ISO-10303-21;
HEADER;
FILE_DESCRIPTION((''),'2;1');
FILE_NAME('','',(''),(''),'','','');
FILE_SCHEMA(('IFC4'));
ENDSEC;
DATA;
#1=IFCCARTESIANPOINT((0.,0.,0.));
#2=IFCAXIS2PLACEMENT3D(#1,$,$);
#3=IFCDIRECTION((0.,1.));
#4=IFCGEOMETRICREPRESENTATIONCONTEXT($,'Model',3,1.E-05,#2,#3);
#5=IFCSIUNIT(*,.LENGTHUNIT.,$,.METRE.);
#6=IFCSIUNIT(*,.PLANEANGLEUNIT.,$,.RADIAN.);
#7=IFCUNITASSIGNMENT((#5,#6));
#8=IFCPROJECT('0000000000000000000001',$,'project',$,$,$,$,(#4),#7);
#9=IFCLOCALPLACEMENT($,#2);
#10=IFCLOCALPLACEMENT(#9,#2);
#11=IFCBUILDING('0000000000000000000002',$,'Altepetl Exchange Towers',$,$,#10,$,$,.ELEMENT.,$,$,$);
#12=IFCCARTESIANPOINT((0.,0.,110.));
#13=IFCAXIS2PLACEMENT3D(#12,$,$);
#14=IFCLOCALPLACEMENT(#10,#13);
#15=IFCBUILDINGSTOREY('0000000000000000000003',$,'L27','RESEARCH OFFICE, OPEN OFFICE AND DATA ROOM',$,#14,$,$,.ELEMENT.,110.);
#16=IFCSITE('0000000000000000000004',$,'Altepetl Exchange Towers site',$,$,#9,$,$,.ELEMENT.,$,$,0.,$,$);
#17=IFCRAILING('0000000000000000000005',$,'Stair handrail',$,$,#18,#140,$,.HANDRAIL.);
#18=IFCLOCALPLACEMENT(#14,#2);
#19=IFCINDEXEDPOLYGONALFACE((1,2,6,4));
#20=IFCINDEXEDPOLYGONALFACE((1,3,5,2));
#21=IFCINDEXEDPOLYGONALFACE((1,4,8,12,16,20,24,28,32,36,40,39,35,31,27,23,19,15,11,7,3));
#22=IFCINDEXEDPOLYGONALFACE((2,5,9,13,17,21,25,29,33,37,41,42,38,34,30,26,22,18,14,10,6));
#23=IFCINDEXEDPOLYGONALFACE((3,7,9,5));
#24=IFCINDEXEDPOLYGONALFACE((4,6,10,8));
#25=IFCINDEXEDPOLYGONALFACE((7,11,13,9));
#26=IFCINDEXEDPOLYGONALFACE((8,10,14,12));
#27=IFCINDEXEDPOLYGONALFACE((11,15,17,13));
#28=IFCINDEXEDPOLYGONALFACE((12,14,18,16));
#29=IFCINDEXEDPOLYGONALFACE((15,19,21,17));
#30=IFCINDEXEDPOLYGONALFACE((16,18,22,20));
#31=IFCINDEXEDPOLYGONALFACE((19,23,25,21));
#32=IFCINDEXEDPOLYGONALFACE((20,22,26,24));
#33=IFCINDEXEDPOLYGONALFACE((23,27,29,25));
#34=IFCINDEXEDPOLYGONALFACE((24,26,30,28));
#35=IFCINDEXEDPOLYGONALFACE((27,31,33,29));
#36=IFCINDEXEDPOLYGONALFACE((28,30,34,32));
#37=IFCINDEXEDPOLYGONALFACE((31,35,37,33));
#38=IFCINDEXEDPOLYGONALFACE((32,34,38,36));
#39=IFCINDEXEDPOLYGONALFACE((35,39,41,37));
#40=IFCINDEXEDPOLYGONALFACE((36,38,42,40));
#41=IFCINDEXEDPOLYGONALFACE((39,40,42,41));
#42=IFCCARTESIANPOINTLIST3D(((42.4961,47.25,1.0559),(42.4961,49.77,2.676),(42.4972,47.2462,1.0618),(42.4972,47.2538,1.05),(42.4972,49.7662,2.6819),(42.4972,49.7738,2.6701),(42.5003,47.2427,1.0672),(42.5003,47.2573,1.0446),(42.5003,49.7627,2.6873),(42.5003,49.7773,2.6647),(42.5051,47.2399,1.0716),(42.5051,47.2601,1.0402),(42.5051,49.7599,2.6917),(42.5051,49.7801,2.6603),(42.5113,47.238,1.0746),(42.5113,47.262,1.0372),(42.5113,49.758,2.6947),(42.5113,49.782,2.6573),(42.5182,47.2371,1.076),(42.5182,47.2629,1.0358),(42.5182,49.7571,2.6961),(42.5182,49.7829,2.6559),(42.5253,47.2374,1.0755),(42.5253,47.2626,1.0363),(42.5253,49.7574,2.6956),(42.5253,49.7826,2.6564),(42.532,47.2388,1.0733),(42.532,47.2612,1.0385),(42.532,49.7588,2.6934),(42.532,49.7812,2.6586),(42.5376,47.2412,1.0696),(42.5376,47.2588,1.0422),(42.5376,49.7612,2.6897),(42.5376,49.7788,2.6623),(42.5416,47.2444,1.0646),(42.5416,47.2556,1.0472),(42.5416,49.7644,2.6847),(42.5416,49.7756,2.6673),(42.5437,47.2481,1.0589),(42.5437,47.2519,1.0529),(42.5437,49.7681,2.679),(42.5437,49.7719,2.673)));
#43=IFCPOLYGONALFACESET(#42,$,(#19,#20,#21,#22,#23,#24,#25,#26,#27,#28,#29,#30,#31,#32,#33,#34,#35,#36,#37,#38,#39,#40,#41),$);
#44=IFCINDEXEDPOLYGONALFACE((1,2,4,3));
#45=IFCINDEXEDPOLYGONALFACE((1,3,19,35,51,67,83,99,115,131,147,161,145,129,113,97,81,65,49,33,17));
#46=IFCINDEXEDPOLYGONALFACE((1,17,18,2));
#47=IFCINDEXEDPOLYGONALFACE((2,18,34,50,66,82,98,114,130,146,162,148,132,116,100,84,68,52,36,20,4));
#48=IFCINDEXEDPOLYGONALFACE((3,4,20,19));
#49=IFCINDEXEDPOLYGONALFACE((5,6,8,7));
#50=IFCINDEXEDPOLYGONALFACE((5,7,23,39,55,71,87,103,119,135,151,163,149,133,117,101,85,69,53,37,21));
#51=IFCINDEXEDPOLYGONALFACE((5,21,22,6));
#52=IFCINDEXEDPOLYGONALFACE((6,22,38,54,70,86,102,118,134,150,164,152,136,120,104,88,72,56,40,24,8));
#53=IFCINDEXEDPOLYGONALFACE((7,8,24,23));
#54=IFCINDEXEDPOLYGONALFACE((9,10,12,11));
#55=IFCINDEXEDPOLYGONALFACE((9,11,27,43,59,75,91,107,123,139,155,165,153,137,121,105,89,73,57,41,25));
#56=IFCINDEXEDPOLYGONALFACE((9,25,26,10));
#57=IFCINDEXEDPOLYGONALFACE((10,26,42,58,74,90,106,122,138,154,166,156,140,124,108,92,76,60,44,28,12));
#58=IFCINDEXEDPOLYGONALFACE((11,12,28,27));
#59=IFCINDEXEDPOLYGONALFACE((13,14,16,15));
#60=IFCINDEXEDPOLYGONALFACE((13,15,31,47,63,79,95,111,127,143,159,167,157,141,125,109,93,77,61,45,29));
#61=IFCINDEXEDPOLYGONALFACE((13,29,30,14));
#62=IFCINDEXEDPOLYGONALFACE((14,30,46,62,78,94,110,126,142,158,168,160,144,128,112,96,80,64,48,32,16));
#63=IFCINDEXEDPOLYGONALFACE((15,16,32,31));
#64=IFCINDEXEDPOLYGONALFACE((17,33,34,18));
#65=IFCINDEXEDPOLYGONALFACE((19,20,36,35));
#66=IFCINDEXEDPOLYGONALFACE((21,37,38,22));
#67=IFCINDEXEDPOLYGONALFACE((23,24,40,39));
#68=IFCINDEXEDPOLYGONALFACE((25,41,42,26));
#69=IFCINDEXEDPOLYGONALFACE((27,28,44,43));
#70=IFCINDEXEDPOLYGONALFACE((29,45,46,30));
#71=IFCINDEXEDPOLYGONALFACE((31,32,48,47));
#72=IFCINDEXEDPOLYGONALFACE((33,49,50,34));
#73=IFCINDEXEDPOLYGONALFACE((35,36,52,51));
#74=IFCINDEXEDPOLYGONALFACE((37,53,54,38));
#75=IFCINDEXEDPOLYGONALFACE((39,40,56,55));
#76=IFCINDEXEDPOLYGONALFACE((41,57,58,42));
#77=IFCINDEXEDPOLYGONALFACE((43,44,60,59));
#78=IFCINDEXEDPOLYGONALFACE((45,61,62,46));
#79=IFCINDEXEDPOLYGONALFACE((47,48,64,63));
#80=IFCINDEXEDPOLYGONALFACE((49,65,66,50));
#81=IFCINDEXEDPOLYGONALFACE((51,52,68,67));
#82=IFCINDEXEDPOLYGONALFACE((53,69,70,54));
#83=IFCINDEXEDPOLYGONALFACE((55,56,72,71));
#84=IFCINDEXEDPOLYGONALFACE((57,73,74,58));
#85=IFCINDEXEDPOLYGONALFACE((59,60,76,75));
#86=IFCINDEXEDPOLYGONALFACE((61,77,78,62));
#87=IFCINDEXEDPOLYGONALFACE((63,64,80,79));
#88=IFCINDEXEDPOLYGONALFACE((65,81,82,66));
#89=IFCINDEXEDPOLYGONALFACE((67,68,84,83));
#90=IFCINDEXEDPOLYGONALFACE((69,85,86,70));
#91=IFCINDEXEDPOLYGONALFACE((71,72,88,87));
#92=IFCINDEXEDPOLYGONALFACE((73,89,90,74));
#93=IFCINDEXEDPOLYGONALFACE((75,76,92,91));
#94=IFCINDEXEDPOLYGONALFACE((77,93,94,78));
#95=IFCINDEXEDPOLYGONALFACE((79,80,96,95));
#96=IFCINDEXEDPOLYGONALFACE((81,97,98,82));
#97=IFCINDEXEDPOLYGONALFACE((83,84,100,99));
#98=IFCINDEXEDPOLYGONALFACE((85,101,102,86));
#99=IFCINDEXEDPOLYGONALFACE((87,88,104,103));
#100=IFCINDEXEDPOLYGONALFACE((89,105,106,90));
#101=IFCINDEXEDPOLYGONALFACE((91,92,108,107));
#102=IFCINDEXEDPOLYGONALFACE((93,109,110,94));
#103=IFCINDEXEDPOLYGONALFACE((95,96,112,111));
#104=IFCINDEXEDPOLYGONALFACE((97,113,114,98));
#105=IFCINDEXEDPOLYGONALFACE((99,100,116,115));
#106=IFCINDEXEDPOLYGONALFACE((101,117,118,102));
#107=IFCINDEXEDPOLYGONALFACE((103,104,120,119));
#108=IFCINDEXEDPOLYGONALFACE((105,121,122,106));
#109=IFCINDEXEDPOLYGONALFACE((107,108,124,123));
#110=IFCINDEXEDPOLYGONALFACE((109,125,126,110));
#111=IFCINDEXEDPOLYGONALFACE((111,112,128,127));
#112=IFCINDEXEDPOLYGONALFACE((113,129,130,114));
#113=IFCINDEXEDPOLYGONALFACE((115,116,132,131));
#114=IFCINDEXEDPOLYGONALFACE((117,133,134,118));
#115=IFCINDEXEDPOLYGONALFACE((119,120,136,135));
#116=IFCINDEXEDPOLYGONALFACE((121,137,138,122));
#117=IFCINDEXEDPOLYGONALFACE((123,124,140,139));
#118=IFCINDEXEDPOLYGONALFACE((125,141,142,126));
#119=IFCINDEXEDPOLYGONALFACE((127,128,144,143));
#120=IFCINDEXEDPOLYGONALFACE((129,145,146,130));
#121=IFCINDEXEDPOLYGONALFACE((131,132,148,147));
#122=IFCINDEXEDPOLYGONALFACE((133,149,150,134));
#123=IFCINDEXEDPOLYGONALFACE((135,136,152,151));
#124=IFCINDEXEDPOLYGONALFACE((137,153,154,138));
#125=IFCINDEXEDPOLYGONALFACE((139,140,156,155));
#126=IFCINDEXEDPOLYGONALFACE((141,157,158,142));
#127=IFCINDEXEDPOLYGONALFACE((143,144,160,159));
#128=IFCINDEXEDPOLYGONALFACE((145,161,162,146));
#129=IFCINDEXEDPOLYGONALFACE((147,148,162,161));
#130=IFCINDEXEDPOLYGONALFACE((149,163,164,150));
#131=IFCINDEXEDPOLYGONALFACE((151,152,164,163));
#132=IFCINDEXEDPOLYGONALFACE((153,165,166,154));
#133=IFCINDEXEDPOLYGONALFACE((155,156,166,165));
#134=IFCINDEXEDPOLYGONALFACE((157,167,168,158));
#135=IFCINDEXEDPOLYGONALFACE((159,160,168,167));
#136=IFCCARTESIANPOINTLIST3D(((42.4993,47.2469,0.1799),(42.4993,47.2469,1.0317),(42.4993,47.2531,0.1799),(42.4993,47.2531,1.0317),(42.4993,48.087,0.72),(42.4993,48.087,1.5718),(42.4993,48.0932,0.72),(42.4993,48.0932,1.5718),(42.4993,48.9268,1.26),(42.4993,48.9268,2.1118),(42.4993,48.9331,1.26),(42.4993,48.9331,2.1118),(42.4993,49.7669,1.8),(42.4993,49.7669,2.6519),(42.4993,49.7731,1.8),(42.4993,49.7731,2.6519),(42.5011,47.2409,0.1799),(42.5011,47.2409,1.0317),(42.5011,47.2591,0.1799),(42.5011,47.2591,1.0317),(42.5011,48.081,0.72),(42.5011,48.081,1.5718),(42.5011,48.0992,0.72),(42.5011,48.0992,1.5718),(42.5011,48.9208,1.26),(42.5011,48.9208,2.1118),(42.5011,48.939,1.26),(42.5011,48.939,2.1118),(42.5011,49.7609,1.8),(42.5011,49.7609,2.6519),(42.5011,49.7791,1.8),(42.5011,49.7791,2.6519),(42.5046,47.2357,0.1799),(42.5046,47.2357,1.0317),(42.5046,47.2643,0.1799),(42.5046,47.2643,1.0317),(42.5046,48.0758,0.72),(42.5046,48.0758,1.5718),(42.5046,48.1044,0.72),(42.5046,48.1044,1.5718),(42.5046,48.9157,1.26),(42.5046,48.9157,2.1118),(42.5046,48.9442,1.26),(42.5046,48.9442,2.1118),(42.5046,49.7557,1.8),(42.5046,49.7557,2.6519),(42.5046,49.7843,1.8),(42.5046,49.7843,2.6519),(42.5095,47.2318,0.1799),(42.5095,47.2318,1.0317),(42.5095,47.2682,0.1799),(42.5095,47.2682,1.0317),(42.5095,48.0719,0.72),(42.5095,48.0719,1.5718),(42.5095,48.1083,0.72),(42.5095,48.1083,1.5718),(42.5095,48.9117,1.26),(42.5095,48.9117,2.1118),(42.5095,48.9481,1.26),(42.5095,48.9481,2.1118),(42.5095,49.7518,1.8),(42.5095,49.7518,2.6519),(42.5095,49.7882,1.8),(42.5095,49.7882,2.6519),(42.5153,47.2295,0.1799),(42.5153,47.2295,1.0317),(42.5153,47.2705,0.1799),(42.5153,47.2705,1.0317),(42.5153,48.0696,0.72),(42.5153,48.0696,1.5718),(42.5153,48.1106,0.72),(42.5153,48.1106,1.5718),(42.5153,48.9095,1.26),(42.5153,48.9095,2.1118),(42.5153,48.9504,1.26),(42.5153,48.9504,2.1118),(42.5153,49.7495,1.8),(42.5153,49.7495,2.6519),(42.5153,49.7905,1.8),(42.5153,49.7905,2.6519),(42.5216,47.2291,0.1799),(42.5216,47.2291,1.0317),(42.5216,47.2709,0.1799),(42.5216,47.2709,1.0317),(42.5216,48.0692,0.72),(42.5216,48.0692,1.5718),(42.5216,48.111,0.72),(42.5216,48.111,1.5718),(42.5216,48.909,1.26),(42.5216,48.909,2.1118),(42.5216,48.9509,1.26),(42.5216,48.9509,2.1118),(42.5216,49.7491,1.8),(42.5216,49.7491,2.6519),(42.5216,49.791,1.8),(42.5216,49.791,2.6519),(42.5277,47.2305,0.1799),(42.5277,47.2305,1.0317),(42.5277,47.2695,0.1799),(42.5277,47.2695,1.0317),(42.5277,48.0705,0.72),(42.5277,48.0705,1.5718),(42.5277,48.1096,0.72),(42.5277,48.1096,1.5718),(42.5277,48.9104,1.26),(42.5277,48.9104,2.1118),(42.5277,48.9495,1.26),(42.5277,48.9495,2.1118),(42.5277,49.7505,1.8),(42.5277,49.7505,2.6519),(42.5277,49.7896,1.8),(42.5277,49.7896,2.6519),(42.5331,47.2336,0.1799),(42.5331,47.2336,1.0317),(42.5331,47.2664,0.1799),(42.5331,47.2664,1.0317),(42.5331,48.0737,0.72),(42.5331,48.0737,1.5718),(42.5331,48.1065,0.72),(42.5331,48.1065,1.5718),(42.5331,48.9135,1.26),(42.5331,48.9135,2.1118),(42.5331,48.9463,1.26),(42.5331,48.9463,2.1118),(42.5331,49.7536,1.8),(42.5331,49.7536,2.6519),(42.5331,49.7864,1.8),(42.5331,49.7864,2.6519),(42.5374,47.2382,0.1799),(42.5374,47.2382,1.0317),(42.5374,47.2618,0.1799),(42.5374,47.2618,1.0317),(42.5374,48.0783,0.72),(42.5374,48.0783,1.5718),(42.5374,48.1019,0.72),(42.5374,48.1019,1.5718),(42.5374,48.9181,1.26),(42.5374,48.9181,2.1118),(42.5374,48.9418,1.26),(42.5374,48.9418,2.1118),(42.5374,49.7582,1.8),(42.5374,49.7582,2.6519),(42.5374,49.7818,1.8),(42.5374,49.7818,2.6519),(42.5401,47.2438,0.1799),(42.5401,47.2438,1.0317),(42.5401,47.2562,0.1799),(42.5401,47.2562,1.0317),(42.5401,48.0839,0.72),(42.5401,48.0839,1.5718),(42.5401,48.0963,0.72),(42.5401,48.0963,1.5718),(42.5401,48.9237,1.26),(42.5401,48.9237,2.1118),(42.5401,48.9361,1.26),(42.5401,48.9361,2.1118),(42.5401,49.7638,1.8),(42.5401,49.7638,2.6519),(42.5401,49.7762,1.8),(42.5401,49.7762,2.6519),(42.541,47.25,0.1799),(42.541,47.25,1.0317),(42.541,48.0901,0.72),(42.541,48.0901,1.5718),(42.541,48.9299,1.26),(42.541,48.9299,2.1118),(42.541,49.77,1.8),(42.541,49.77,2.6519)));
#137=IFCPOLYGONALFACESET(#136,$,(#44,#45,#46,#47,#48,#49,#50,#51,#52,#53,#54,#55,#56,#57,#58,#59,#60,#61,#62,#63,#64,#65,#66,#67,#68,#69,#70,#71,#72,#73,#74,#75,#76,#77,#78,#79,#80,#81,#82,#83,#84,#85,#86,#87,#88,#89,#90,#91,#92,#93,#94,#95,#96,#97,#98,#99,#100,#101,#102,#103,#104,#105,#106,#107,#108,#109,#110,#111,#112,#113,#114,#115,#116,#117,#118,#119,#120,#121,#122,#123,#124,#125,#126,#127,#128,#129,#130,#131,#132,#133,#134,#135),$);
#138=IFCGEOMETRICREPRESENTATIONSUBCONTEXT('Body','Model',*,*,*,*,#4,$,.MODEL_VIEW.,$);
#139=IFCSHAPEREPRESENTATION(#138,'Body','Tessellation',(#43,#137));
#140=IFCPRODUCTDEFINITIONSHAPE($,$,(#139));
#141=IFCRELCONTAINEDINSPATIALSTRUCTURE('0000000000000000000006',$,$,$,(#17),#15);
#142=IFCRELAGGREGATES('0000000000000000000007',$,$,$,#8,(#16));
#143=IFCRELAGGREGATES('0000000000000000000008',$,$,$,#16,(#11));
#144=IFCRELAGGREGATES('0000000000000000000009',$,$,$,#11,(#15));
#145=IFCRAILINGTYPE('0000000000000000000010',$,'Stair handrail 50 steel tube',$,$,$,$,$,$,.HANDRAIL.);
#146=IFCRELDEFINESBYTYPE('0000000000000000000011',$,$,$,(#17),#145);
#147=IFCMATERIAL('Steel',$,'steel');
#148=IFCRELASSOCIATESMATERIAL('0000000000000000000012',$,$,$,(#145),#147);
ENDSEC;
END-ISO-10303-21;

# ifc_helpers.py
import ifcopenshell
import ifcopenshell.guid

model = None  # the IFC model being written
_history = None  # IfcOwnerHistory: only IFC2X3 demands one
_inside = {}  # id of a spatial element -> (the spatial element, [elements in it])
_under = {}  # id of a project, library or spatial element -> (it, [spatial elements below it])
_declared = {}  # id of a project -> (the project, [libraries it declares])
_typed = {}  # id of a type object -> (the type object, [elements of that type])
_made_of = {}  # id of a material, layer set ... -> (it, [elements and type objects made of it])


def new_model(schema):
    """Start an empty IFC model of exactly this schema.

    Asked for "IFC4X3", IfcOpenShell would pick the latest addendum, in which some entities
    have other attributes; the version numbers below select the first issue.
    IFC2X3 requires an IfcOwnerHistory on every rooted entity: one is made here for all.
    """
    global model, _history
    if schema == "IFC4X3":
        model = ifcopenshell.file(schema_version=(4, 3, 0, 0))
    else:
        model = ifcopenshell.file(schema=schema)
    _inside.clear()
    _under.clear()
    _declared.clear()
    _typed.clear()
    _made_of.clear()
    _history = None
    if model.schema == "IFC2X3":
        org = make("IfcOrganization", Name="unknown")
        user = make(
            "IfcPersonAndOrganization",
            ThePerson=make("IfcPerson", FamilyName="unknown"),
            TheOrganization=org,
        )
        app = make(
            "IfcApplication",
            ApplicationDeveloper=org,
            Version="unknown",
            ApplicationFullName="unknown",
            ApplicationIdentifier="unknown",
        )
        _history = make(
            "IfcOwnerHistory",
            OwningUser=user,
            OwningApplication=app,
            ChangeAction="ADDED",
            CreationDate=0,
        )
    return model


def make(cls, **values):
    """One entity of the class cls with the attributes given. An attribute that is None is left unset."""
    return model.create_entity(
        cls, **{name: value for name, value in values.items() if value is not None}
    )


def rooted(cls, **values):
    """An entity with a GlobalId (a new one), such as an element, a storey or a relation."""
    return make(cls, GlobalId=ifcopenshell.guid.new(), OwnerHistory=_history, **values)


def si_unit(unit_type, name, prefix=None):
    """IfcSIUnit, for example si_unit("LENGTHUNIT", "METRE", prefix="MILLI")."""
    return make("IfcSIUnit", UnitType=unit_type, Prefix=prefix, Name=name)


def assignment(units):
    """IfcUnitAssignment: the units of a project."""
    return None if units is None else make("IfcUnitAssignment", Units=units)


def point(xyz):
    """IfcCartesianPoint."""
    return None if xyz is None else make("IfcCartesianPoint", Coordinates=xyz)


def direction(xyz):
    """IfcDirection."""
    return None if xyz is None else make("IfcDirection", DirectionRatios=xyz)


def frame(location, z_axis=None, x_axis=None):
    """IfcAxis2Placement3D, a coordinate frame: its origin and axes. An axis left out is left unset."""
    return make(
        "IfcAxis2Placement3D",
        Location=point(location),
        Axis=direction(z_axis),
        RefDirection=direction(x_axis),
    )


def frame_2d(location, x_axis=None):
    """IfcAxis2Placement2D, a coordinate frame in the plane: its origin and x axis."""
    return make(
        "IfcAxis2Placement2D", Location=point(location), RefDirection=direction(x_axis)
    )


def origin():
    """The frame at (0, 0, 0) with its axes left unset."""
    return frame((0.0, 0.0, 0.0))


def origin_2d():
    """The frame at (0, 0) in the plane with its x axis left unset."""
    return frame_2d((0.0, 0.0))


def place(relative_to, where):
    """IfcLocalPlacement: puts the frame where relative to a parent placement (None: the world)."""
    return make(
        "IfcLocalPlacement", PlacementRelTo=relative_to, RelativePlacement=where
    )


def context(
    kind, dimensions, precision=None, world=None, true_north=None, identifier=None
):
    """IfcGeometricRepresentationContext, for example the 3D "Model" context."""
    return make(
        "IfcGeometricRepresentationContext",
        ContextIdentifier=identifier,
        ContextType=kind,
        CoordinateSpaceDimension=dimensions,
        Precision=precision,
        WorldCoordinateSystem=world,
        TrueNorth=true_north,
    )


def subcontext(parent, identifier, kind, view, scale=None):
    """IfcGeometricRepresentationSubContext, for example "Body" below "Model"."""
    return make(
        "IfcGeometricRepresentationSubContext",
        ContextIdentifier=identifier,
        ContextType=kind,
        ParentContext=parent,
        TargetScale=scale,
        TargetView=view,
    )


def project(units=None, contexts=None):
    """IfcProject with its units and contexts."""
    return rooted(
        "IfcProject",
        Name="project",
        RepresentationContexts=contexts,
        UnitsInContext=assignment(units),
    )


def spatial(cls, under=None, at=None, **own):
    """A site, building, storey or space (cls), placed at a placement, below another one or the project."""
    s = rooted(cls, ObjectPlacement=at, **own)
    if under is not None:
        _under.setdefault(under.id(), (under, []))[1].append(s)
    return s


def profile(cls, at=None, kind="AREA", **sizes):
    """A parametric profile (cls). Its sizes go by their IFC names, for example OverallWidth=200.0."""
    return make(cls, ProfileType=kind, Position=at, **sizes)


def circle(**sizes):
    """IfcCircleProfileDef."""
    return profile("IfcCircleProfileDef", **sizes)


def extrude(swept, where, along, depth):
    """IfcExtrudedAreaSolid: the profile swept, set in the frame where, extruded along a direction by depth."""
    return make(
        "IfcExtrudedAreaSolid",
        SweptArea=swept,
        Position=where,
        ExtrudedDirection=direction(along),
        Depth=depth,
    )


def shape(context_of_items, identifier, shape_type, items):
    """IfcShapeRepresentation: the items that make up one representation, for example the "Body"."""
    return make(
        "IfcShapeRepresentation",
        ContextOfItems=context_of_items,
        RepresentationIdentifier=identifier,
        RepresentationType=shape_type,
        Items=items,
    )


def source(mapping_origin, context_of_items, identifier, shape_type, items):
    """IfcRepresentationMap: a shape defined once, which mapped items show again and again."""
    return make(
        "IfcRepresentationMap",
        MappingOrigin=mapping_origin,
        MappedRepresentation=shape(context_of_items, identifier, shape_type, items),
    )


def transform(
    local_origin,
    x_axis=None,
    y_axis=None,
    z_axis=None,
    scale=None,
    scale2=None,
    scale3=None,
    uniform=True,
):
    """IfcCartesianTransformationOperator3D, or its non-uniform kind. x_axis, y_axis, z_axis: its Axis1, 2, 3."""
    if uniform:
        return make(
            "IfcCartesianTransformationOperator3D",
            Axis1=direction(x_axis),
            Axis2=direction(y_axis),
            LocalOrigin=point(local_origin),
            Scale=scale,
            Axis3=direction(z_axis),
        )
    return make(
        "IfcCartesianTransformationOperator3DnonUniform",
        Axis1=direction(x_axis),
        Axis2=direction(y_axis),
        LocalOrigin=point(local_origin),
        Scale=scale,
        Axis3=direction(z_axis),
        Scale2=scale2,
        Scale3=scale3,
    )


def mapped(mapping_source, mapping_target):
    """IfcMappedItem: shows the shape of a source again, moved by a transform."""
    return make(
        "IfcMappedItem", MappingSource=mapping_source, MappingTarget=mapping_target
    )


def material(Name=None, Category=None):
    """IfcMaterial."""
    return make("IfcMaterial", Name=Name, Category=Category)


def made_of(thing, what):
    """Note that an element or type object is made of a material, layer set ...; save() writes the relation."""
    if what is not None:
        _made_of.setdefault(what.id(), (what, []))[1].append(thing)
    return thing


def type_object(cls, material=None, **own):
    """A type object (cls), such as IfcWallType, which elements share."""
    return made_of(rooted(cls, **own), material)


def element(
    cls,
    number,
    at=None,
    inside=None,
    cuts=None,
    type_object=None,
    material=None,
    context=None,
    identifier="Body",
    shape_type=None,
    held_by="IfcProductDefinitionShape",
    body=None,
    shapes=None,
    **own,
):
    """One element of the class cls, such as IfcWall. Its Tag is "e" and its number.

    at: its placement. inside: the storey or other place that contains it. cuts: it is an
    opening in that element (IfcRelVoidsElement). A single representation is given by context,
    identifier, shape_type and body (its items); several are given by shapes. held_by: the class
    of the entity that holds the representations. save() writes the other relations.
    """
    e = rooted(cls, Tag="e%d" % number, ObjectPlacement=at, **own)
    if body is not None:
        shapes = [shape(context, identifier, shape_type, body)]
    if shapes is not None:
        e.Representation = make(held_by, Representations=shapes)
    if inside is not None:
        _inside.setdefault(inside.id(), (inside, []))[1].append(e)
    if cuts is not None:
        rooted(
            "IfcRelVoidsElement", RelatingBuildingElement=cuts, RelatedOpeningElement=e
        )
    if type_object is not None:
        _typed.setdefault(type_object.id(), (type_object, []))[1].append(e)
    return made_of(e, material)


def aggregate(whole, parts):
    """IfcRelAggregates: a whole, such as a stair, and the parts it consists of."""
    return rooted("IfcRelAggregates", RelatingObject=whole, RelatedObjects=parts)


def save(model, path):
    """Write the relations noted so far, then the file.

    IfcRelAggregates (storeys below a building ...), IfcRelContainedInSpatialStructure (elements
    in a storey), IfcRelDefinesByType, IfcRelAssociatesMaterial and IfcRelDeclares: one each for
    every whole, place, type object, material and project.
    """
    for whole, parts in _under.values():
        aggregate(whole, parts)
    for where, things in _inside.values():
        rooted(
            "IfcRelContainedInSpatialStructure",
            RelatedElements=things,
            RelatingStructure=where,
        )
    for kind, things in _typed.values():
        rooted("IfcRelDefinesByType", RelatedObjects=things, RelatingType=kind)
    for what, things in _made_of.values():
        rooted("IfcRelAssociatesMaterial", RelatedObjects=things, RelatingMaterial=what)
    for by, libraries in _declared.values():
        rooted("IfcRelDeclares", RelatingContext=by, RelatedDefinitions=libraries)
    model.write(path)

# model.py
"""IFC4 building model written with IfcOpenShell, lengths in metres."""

from ifc_helpers import new_model, si_unit, direction, frame, origin, origin_2d, place, context, subcontext, project, spatial, circle, extrude, source, transform, mapped, material, type_object, element, save


model = new_model("IFC4")

# Units and contexts
model_context = context("Model", 3, precision=1e-05, world=origin(), true_north=direction((0.0, 1.0)))
body_context = subcontext(model_context, "Body", "Model", "MODEL_VIEW")
ifc_project = project(units=[si_unit("LENGTHUNIT", "METRE"), si_unit("PLANEANGLEUNIT", "RADIAN")], contexts=[model_context])

# Site, building, storey
site_placement = place(None, origin())
site = spatial("IfcSite", under=ifc_project, at=site_placement, Name="Altepetl Exchange Towers site", CompositionType="ELEMENT", RefElevation=0.0)
building_placement = place(site_placement, origin())
building = spatial("IfcBuilding", under=site, at=building_placement, Name="Altepetl Exchange Towers", CompositionType="ELEMENT")
storey_placement = place(building_placement, frame((0.0, 0.0, 110.0)))
storey = spatial("IfcBuildingStorey", under=building, at=storey_placement, Name="L27", Description="RESEARCH OFFICE, OPEN OFFICE AND DATA ROOM", CompositionType="ELEMENT", Elevation=110.0)

# Railing
ifc_material_1 = material(Name="Steel", Category="steel")
railing_type = type_object("IfcRailingType", Name="Stair handrail 50 steel tube", PredefinedType="HANDRAIL", material=ifc_material_1)
shared_shape = source(origin(), body_context, "Body", "SweptSolid", [
    extrude(circle(Radius=0.021, at=origin_2d()), origin(), (0.0, 0.0, 1.0), 0.8518),
])
railing_1_placement = place(storey_placement, frame((42.52, 47.25, 0.1799)))
element("IfcRailing", 1, at=railing_1_placement, inside=storey, type_object=railing_type, Name="Stair handrail", PredefinedType="HANDRAIL", context=body_context, shape_type="SweptSolid", body=[
    extrude(circle(Radius=0.0239, at=origin_2d()), frame((0.0, 0.0, 0.876), z_axis=(0.0, 0.841163, 0.540782), x_axis=(-1.0, 0.0, 0.0)), (0.0, 0.0, 1.0), 2.9958),
    mapped(shared_shape, transform((0.0, 0.0, 0.0))),
    mapped(shared_shape, transform((0.0, 0.8401, 0.54))),
    mapped(shared_shape, transform((0.0, 1.6799, 1.0801))),
    mapped(shared_shape, transform((0.0, 2.52, 1.6201))),
])

save(model, "model.ifc")
